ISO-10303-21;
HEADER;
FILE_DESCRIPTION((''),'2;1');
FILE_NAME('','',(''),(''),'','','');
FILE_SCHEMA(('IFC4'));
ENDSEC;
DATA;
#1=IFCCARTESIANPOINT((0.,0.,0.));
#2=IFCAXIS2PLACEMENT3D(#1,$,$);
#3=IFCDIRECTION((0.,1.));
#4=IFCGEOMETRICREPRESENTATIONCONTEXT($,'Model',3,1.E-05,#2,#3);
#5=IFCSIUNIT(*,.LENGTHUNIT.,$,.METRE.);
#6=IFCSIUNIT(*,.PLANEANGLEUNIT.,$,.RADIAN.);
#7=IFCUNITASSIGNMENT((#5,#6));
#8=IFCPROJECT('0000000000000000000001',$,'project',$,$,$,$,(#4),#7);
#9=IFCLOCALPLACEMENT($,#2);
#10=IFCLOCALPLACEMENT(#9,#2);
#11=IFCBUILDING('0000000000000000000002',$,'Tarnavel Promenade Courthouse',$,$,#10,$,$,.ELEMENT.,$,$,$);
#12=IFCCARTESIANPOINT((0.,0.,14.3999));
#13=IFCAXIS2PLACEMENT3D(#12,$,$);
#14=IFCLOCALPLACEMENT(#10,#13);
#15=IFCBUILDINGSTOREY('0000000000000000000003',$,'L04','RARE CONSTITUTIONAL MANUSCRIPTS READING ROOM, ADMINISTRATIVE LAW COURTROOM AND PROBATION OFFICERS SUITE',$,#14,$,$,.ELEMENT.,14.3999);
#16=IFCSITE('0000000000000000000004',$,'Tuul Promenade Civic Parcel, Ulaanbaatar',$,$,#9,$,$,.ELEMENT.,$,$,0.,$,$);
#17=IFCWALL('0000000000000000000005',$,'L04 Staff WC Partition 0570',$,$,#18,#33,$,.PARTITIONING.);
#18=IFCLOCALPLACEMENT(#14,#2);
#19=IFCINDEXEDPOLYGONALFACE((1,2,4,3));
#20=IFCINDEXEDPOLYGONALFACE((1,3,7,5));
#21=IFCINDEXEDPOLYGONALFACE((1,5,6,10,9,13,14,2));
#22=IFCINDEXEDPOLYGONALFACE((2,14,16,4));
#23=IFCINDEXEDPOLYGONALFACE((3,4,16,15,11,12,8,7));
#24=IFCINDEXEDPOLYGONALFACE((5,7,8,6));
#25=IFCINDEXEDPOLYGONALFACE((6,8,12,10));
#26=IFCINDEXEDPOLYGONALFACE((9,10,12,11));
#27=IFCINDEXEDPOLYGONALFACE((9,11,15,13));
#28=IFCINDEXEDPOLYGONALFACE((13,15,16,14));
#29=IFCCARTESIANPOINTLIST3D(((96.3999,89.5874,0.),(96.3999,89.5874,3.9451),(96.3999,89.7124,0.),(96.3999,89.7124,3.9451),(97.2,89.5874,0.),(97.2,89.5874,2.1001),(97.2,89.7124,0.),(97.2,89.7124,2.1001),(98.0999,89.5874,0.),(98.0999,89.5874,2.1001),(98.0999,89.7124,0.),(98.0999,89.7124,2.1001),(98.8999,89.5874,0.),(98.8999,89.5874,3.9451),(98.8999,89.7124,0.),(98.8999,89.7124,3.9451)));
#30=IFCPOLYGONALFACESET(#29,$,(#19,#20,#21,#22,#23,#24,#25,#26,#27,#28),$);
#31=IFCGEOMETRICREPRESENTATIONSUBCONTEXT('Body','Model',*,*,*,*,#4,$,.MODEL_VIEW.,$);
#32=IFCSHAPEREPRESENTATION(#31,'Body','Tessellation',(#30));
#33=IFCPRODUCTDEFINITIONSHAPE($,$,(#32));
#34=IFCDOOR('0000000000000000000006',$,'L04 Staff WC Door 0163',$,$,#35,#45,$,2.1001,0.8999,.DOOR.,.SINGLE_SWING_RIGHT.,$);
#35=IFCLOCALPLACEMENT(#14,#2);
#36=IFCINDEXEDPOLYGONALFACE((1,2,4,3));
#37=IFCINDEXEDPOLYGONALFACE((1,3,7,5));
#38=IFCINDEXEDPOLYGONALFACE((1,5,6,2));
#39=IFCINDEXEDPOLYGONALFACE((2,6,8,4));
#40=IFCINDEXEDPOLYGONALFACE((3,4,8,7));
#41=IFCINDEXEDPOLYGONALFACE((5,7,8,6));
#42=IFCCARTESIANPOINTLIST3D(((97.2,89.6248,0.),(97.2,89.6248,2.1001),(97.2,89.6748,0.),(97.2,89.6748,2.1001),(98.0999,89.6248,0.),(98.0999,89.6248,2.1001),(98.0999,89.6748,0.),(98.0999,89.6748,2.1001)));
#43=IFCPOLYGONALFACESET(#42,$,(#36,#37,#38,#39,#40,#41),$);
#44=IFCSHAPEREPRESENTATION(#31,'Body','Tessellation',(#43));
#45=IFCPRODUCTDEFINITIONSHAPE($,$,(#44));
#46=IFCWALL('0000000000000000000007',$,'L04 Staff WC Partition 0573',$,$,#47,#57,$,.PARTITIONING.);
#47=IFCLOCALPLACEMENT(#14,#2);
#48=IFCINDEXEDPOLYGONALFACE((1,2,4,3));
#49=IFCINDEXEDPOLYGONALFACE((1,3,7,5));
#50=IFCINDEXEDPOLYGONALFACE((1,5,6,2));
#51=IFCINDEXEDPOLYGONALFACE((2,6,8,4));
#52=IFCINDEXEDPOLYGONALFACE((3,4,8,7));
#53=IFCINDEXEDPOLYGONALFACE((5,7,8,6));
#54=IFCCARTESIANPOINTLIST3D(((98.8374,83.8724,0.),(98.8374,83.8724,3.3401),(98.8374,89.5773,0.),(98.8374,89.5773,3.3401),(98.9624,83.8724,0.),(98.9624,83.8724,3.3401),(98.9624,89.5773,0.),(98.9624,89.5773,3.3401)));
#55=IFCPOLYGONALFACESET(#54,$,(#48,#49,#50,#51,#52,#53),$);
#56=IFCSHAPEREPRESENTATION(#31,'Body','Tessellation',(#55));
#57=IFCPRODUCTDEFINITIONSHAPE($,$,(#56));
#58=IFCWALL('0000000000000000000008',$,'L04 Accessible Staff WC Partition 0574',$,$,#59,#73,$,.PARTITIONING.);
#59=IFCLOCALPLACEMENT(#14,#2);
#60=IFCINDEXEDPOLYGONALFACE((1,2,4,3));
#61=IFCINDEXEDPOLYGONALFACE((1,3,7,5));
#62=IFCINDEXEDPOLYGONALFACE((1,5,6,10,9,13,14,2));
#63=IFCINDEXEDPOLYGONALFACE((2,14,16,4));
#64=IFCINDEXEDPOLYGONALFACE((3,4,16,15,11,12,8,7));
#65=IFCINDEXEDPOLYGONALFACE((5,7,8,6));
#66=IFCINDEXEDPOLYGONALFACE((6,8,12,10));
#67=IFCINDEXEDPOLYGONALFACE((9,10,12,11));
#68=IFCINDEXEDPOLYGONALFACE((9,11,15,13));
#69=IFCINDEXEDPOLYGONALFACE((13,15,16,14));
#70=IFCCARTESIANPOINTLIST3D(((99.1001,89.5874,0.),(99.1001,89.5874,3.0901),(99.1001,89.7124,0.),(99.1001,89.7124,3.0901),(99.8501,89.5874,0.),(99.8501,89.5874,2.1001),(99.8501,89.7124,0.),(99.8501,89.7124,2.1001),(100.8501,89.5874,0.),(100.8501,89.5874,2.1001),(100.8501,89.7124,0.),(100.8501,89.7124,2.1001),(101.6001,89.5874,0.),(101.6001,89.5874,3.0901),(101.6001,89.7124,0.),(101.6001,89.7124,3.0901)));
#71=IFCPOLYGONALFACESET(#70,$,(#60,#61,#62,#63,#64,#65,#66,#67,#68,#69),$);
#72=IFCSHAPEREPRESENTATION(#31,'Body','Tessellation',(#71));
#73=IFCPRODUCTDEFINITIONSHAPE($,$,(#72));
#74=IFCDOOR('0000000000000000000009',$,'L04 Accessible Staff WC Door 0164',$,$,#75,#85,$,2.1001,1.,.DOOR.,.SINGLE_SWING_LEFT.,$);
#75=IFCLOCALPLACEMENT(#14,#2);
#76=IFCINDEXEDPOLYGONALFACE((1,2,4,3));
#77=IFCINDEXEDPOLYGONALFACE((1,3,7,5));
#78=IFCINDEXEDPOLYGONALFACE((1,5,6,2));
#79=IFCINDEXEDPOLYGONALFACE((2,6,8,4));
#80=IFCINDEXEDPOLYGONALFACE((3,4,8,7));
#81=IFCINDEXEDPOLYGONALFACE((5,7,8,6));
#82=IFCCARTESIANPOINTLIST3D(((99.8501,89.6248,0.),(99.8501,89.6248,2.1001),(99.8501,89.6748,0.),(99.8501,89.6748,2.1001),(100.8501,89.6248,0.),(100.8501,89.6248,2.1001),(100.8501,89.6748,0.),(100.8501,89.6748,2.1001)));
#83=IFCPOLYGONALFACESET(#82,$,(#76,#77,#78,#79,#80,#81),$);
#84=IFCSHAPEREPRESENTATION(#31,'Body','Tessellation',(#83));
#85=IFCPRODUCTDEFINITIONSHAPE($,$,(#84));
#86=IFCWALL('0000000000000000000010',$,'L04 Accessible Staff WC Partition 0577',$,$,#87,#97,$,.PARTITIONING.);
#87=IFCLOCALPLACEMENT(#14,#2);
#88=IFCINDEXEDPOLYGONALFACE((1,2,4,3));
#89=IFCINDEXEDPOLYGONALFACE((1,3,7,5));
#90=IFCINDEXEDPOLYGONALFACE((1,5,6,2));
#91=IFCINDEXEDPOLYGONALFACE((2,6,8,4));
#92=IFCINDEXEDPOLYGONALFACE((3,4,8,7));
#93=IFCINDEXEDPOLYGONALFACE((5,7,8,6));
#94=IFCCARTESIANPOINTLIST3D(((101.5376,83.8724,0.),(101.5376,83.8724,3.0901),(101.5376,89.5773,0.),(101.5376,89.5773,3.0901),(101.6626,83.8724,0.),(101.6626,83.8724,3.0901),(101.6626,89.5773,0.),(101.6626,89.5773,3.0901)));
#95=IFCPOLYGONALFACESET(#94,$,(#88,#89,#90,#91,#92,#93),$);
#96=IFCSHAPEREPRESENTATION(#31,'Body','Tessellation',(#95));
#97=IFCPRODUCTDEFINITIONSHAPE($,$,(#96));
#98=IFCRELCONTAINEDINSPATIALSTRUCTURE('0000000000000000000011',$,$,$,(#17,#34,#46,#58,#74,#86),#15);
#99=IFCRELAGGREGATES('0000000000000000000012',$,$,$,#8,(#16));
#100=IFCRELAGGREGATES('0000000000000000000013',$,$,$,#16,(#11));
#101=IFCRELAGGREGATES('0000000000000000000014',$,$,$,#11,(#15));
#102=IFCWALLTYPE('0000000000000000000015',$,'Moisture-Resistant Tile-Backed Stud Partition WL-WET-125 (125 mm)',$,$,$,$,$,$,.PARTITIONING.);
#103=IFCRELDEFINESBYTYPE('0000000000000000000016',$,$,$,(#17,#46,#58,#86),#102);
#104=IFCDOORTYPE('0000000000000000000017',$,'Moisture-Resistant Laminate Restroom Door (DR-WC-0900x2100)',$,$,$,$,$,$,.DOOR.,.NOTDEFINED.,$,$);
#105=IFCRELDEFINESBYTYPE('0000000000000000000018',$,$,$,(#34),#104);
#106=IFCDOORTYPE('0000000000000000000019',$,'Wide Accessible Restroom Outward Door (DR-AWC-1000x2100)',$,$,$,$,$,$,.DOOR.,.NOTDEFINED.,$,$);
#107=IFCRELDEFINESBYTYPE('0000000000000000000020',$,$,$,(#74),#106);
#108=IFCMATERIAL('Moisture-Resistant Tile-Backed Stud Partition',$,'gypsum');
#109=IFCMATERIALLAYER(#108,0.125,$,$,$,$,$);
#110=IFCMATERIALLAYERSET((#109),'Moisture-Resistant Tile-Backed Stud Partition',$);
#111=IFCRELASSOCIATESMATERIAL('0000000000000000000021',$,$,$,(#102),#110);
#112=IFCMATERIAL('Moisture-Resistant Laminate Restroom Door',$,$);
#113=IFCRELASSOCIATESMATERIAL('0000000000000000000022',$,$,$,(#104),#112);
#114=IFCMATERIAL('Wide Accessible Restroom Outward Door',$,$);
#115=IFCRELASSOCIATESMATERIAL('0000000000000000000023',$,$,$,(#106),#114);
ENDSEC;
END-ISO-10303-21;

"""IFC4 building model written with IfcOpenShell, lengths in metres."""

from ifc_helpers import new_model, si_unit, direction, frame, frame_2d, origin, place, context, subcontext, project, spatial, rectangle, extrude, material, layer, layer_set, type_object, element, fill, save


model = new_model("IFC4")

# Units and contexts
model_context = context("Model", 3, precision=1e-05, world=origin(), true_north=direction((0.0, 1.0)))
body_context = subcontext(model_context, "Body", "Model", "MODEL_VIEW")
ifc_project = project(units=[si_unit("LENGTHUNIT", "METRE"), si_unit("PLANEANGLEUNIT", "RADIAN")], contexts=[model_context])

# Site, building, storey
site_placement = place(None, origin())
site = spatial("IfcSite", under=ifc_project, at=site_placement, Name="Tuul Promenade Civic Parcel, Ulaanbaatar", CompositionType="ELEMENT", RefElevation=0.0)
building_placement = place(site_placement, origin())
building = spatial("IfcBuilding", under=site, at=building_placement, Name="Tarnavel Promenade Courthouse", CompositionType="ELEMENT")
storey_placement = place(building_placement, frame((0.0, 0.0, 14.3999)))
storey = spatial("IfcBuildingStorey", under=building, at=storey_placement, Name="L04", Description="RARE CONSTITUTIONAL MANUSCRIPTS READING ROOM, ADMINISTRATIVE LAW COURTROOM AND PROBATION OFFICERS SUITE", CompositionType="ELEMENT", Elevation=14.3999)

# Wall, opening, door
ifc_material_1 = material(Name="Moisture-Resistant Tile-Backed Stud Partition", Category="gypsum")
ifc_layer_1 = layer(ifc_material_1, 0.125)
ifc_layer_set_1 = layer_set([ifc_layer_1], Name="Moisture-Resistant Tile-Backed Stud Partition")
wall_type_1 = type_object("IfcWallType", Name="Moisture-Resistant Tile-Backed Stud Partition WL-WET-125 (125 mm)", PredefinedType="PARTITIONING", material=ifc_layer_set_1)
wall_1_placement = place(storey_placement, frame((96.3999, 89.6499, 0.0), z_axis=(0.0, 0.0, 1.0), x_axis=(1.0, 0.0, 0.0)))
wall_1 = element("IfcWall", 1, at=wall_1_placement, inside=storey, type_object=wall_type_1, Name="L04 Staff WC Partition 0570", PredefinedType="PARTITIONING", context=body_context, shape_type="SweptSolid", body=[
    extrude(rectangle(XDim=2.5, YDim=0.125, at=frame_2d((1.25, 0.0))), origin(), (0.0, 0.0, 1.0), 3.9451),
])
opening_1_placement = place(wall_1_placement, frame((0.8, 0.0, 0.0)))
opening_1 = element("IfcOpeningElement", 2, at=opening_1_placement, cuts=wall_1, PredefinedType="OPENING", context=body_context, shape_type="SweptSolid", body=[
    extrude(rectangle(XDim=0.8999, YDim=2.1001, at=frame_2d((0.45, 1.05))), frame((0.0, 0.0725, 0.0), z_axis=(0.0, -1.0, 0.0), x_axis=(1.0, 0.0, 0.0)), (0.0, 0.0, 1.0), 0.145),
])
ifc_material_2 = material(Name="Moisture-Resistant Laminate Restroom Door")
door_type_1 = type_object("IfcDoorType", Name="Moisture-Resistant Laminate Restroom Door (DR-WC-0900x2100)", OperationType="NOTDEFINED", PredefinedType="DOOR", material=ifc_material_2)
door_1_placement = place(opening_1_placement, origin())
door_1 = element("IfcDoor", 3, at=door_1_placement, inside=storey, type_object=door_type_1, Name="L04 Staff WC Door 0163", OperationType="SINGLE_SWING_RIGHT", OverallHeight=2.1001, OverallWidth=0.8999, PredefinedType="DOOR", context=body_context, shape_type="SweptSolid", body=[
    extrude(rectangle(XDim=0.8999, YDim=2.1001, at=frame_2d((0.45, 1.05))), frame((0.0, 0.0249, 0.0), z_axis=(0.0, -1.0, 0.0), x_axis=(1.0, 0.0, 0.0)), (0.0, 0.0, 1.0), 0.05),
])
fill(opening_1, door_1)

# Wall
wall_2_placement = place(storey_placement, frame((98.8999, 89.5774, 0.0), z_axis=(0.0, 0.0, 1.0), x_axis=(0.0, -1.0, 0.0)))
element("IfcWall", 4, at=wall_2_placement, inside=storey, type_object=wall_type_1, Name="L04 Staff WC Partition 0573", PredefinedType="PARTITIONING", context=body_context, shape_type="SweptSolid", body=[
    extrude(rectangle(XDim=5.7048, YDim=0.125, at=frame_2d((2.8525, 0.0))), origin(), (0.0, 0.0, 1.0), 3.3401),
])

# Wall, opening, door
wall_3_placement = place(storey_placement, frame((99.1001, 89.6499, 0.0), z_axis=(0.0, 0.0, 1.0), x_axis=(1.0, 0.0, 0.0)))
wall_3 = element("IfcWall", 5, at=wall_3_placement, inside=storey, type_object=wall_type_1, Name="L04 Accessible Staff WC Partition 0574", PredefinedType="PARTITIONING", context=body_context, shape_type="SweptSolid", body=[
    extrude(rectangle(XDim=2.5, YDim=0.125, at=frame_2d((1.25, 0.0))), origin(), (0.0, 0.0, 1.0), 3.0901),
])
opening_2_placement = place(wall_3_placement, frame((0.75, 0.0, 0.0)))
opening_2 = element("IfcOpeningElement", 6, at=opening_2_placement, cuts=wall_3, PredefinedType="OPENING", context=body_context, shape_type="SweptSolid", body=[
    extrude(rectangle(XDim=1.0, YDim=2.1001, at=frame_2d((0.5, 1.05))), frame((0.0, 0.0725, 0.0), z_axis=(0.0, -1.0, 0.0), x_axis=(1.0, 0.0, 0.0)), (0.0, 0.0, 1.0), 0.145),
])
ifc_material_3 = material(Name="Wide Accessible Restroom Outward Door")
door_type_2 = type_object("IfcDoorType", Name="Wide Accessible Restroom Outward Door (DR-AWC-1000x2100)", OperationType="NOTDEFINED", PredefinedType="DOOR", material=ifc_material_3)
door_2_placement = place(opening_2_placement, origin())
door_2 = element("IfcDoor", 7, at=door_2_placement, inside=storey, type_object=door_type_2, Name="L04 Accessible Staff WC Door 0164", OperationType="SINGLE_SWING_LEFT", OverallHeight=2.1001, OverallWidth=1.0, PredefinedType="DOOR", context=body_context, shape_type="SweptSolid", body=[
    extrude(rectangle(XDim=1.0, YDim=2.1001, at=frame_2d((0.5, 1.05))), frame((0.0, 0.0249, 0.0), z_axis=(0.0, -1.0, 0.0), x_axis=(1.0, 0.0, 0.0)), (0.0, 0.0, 1.0), 0.05),
])
fill(opening_2, door_2)

# Wall
wall_4_placement = place(storey_placement, frame((101.6001, 89.5774, 0.0), z_axis=(0.0, 0.0, 1.0), x_axis=(0.0, -1.0, 0.0)))
element("IfcWall", 8, at=wall_4_placement, inside=storey, type_object=wall_type_1, Name="L04 Accessible Staff WC Partition 0577", PredefinedType="PARTITIONING", context=body_context, shape_type="SweptSolid", body=[
    extrude(rectangle(XDim=5.7048, YDim=0.125, at=frame_2d((2.8525, 0.0))), origin(), (0.0, 0.0, 1.0), 3.0901),
])

save(model, "model.ifc")
